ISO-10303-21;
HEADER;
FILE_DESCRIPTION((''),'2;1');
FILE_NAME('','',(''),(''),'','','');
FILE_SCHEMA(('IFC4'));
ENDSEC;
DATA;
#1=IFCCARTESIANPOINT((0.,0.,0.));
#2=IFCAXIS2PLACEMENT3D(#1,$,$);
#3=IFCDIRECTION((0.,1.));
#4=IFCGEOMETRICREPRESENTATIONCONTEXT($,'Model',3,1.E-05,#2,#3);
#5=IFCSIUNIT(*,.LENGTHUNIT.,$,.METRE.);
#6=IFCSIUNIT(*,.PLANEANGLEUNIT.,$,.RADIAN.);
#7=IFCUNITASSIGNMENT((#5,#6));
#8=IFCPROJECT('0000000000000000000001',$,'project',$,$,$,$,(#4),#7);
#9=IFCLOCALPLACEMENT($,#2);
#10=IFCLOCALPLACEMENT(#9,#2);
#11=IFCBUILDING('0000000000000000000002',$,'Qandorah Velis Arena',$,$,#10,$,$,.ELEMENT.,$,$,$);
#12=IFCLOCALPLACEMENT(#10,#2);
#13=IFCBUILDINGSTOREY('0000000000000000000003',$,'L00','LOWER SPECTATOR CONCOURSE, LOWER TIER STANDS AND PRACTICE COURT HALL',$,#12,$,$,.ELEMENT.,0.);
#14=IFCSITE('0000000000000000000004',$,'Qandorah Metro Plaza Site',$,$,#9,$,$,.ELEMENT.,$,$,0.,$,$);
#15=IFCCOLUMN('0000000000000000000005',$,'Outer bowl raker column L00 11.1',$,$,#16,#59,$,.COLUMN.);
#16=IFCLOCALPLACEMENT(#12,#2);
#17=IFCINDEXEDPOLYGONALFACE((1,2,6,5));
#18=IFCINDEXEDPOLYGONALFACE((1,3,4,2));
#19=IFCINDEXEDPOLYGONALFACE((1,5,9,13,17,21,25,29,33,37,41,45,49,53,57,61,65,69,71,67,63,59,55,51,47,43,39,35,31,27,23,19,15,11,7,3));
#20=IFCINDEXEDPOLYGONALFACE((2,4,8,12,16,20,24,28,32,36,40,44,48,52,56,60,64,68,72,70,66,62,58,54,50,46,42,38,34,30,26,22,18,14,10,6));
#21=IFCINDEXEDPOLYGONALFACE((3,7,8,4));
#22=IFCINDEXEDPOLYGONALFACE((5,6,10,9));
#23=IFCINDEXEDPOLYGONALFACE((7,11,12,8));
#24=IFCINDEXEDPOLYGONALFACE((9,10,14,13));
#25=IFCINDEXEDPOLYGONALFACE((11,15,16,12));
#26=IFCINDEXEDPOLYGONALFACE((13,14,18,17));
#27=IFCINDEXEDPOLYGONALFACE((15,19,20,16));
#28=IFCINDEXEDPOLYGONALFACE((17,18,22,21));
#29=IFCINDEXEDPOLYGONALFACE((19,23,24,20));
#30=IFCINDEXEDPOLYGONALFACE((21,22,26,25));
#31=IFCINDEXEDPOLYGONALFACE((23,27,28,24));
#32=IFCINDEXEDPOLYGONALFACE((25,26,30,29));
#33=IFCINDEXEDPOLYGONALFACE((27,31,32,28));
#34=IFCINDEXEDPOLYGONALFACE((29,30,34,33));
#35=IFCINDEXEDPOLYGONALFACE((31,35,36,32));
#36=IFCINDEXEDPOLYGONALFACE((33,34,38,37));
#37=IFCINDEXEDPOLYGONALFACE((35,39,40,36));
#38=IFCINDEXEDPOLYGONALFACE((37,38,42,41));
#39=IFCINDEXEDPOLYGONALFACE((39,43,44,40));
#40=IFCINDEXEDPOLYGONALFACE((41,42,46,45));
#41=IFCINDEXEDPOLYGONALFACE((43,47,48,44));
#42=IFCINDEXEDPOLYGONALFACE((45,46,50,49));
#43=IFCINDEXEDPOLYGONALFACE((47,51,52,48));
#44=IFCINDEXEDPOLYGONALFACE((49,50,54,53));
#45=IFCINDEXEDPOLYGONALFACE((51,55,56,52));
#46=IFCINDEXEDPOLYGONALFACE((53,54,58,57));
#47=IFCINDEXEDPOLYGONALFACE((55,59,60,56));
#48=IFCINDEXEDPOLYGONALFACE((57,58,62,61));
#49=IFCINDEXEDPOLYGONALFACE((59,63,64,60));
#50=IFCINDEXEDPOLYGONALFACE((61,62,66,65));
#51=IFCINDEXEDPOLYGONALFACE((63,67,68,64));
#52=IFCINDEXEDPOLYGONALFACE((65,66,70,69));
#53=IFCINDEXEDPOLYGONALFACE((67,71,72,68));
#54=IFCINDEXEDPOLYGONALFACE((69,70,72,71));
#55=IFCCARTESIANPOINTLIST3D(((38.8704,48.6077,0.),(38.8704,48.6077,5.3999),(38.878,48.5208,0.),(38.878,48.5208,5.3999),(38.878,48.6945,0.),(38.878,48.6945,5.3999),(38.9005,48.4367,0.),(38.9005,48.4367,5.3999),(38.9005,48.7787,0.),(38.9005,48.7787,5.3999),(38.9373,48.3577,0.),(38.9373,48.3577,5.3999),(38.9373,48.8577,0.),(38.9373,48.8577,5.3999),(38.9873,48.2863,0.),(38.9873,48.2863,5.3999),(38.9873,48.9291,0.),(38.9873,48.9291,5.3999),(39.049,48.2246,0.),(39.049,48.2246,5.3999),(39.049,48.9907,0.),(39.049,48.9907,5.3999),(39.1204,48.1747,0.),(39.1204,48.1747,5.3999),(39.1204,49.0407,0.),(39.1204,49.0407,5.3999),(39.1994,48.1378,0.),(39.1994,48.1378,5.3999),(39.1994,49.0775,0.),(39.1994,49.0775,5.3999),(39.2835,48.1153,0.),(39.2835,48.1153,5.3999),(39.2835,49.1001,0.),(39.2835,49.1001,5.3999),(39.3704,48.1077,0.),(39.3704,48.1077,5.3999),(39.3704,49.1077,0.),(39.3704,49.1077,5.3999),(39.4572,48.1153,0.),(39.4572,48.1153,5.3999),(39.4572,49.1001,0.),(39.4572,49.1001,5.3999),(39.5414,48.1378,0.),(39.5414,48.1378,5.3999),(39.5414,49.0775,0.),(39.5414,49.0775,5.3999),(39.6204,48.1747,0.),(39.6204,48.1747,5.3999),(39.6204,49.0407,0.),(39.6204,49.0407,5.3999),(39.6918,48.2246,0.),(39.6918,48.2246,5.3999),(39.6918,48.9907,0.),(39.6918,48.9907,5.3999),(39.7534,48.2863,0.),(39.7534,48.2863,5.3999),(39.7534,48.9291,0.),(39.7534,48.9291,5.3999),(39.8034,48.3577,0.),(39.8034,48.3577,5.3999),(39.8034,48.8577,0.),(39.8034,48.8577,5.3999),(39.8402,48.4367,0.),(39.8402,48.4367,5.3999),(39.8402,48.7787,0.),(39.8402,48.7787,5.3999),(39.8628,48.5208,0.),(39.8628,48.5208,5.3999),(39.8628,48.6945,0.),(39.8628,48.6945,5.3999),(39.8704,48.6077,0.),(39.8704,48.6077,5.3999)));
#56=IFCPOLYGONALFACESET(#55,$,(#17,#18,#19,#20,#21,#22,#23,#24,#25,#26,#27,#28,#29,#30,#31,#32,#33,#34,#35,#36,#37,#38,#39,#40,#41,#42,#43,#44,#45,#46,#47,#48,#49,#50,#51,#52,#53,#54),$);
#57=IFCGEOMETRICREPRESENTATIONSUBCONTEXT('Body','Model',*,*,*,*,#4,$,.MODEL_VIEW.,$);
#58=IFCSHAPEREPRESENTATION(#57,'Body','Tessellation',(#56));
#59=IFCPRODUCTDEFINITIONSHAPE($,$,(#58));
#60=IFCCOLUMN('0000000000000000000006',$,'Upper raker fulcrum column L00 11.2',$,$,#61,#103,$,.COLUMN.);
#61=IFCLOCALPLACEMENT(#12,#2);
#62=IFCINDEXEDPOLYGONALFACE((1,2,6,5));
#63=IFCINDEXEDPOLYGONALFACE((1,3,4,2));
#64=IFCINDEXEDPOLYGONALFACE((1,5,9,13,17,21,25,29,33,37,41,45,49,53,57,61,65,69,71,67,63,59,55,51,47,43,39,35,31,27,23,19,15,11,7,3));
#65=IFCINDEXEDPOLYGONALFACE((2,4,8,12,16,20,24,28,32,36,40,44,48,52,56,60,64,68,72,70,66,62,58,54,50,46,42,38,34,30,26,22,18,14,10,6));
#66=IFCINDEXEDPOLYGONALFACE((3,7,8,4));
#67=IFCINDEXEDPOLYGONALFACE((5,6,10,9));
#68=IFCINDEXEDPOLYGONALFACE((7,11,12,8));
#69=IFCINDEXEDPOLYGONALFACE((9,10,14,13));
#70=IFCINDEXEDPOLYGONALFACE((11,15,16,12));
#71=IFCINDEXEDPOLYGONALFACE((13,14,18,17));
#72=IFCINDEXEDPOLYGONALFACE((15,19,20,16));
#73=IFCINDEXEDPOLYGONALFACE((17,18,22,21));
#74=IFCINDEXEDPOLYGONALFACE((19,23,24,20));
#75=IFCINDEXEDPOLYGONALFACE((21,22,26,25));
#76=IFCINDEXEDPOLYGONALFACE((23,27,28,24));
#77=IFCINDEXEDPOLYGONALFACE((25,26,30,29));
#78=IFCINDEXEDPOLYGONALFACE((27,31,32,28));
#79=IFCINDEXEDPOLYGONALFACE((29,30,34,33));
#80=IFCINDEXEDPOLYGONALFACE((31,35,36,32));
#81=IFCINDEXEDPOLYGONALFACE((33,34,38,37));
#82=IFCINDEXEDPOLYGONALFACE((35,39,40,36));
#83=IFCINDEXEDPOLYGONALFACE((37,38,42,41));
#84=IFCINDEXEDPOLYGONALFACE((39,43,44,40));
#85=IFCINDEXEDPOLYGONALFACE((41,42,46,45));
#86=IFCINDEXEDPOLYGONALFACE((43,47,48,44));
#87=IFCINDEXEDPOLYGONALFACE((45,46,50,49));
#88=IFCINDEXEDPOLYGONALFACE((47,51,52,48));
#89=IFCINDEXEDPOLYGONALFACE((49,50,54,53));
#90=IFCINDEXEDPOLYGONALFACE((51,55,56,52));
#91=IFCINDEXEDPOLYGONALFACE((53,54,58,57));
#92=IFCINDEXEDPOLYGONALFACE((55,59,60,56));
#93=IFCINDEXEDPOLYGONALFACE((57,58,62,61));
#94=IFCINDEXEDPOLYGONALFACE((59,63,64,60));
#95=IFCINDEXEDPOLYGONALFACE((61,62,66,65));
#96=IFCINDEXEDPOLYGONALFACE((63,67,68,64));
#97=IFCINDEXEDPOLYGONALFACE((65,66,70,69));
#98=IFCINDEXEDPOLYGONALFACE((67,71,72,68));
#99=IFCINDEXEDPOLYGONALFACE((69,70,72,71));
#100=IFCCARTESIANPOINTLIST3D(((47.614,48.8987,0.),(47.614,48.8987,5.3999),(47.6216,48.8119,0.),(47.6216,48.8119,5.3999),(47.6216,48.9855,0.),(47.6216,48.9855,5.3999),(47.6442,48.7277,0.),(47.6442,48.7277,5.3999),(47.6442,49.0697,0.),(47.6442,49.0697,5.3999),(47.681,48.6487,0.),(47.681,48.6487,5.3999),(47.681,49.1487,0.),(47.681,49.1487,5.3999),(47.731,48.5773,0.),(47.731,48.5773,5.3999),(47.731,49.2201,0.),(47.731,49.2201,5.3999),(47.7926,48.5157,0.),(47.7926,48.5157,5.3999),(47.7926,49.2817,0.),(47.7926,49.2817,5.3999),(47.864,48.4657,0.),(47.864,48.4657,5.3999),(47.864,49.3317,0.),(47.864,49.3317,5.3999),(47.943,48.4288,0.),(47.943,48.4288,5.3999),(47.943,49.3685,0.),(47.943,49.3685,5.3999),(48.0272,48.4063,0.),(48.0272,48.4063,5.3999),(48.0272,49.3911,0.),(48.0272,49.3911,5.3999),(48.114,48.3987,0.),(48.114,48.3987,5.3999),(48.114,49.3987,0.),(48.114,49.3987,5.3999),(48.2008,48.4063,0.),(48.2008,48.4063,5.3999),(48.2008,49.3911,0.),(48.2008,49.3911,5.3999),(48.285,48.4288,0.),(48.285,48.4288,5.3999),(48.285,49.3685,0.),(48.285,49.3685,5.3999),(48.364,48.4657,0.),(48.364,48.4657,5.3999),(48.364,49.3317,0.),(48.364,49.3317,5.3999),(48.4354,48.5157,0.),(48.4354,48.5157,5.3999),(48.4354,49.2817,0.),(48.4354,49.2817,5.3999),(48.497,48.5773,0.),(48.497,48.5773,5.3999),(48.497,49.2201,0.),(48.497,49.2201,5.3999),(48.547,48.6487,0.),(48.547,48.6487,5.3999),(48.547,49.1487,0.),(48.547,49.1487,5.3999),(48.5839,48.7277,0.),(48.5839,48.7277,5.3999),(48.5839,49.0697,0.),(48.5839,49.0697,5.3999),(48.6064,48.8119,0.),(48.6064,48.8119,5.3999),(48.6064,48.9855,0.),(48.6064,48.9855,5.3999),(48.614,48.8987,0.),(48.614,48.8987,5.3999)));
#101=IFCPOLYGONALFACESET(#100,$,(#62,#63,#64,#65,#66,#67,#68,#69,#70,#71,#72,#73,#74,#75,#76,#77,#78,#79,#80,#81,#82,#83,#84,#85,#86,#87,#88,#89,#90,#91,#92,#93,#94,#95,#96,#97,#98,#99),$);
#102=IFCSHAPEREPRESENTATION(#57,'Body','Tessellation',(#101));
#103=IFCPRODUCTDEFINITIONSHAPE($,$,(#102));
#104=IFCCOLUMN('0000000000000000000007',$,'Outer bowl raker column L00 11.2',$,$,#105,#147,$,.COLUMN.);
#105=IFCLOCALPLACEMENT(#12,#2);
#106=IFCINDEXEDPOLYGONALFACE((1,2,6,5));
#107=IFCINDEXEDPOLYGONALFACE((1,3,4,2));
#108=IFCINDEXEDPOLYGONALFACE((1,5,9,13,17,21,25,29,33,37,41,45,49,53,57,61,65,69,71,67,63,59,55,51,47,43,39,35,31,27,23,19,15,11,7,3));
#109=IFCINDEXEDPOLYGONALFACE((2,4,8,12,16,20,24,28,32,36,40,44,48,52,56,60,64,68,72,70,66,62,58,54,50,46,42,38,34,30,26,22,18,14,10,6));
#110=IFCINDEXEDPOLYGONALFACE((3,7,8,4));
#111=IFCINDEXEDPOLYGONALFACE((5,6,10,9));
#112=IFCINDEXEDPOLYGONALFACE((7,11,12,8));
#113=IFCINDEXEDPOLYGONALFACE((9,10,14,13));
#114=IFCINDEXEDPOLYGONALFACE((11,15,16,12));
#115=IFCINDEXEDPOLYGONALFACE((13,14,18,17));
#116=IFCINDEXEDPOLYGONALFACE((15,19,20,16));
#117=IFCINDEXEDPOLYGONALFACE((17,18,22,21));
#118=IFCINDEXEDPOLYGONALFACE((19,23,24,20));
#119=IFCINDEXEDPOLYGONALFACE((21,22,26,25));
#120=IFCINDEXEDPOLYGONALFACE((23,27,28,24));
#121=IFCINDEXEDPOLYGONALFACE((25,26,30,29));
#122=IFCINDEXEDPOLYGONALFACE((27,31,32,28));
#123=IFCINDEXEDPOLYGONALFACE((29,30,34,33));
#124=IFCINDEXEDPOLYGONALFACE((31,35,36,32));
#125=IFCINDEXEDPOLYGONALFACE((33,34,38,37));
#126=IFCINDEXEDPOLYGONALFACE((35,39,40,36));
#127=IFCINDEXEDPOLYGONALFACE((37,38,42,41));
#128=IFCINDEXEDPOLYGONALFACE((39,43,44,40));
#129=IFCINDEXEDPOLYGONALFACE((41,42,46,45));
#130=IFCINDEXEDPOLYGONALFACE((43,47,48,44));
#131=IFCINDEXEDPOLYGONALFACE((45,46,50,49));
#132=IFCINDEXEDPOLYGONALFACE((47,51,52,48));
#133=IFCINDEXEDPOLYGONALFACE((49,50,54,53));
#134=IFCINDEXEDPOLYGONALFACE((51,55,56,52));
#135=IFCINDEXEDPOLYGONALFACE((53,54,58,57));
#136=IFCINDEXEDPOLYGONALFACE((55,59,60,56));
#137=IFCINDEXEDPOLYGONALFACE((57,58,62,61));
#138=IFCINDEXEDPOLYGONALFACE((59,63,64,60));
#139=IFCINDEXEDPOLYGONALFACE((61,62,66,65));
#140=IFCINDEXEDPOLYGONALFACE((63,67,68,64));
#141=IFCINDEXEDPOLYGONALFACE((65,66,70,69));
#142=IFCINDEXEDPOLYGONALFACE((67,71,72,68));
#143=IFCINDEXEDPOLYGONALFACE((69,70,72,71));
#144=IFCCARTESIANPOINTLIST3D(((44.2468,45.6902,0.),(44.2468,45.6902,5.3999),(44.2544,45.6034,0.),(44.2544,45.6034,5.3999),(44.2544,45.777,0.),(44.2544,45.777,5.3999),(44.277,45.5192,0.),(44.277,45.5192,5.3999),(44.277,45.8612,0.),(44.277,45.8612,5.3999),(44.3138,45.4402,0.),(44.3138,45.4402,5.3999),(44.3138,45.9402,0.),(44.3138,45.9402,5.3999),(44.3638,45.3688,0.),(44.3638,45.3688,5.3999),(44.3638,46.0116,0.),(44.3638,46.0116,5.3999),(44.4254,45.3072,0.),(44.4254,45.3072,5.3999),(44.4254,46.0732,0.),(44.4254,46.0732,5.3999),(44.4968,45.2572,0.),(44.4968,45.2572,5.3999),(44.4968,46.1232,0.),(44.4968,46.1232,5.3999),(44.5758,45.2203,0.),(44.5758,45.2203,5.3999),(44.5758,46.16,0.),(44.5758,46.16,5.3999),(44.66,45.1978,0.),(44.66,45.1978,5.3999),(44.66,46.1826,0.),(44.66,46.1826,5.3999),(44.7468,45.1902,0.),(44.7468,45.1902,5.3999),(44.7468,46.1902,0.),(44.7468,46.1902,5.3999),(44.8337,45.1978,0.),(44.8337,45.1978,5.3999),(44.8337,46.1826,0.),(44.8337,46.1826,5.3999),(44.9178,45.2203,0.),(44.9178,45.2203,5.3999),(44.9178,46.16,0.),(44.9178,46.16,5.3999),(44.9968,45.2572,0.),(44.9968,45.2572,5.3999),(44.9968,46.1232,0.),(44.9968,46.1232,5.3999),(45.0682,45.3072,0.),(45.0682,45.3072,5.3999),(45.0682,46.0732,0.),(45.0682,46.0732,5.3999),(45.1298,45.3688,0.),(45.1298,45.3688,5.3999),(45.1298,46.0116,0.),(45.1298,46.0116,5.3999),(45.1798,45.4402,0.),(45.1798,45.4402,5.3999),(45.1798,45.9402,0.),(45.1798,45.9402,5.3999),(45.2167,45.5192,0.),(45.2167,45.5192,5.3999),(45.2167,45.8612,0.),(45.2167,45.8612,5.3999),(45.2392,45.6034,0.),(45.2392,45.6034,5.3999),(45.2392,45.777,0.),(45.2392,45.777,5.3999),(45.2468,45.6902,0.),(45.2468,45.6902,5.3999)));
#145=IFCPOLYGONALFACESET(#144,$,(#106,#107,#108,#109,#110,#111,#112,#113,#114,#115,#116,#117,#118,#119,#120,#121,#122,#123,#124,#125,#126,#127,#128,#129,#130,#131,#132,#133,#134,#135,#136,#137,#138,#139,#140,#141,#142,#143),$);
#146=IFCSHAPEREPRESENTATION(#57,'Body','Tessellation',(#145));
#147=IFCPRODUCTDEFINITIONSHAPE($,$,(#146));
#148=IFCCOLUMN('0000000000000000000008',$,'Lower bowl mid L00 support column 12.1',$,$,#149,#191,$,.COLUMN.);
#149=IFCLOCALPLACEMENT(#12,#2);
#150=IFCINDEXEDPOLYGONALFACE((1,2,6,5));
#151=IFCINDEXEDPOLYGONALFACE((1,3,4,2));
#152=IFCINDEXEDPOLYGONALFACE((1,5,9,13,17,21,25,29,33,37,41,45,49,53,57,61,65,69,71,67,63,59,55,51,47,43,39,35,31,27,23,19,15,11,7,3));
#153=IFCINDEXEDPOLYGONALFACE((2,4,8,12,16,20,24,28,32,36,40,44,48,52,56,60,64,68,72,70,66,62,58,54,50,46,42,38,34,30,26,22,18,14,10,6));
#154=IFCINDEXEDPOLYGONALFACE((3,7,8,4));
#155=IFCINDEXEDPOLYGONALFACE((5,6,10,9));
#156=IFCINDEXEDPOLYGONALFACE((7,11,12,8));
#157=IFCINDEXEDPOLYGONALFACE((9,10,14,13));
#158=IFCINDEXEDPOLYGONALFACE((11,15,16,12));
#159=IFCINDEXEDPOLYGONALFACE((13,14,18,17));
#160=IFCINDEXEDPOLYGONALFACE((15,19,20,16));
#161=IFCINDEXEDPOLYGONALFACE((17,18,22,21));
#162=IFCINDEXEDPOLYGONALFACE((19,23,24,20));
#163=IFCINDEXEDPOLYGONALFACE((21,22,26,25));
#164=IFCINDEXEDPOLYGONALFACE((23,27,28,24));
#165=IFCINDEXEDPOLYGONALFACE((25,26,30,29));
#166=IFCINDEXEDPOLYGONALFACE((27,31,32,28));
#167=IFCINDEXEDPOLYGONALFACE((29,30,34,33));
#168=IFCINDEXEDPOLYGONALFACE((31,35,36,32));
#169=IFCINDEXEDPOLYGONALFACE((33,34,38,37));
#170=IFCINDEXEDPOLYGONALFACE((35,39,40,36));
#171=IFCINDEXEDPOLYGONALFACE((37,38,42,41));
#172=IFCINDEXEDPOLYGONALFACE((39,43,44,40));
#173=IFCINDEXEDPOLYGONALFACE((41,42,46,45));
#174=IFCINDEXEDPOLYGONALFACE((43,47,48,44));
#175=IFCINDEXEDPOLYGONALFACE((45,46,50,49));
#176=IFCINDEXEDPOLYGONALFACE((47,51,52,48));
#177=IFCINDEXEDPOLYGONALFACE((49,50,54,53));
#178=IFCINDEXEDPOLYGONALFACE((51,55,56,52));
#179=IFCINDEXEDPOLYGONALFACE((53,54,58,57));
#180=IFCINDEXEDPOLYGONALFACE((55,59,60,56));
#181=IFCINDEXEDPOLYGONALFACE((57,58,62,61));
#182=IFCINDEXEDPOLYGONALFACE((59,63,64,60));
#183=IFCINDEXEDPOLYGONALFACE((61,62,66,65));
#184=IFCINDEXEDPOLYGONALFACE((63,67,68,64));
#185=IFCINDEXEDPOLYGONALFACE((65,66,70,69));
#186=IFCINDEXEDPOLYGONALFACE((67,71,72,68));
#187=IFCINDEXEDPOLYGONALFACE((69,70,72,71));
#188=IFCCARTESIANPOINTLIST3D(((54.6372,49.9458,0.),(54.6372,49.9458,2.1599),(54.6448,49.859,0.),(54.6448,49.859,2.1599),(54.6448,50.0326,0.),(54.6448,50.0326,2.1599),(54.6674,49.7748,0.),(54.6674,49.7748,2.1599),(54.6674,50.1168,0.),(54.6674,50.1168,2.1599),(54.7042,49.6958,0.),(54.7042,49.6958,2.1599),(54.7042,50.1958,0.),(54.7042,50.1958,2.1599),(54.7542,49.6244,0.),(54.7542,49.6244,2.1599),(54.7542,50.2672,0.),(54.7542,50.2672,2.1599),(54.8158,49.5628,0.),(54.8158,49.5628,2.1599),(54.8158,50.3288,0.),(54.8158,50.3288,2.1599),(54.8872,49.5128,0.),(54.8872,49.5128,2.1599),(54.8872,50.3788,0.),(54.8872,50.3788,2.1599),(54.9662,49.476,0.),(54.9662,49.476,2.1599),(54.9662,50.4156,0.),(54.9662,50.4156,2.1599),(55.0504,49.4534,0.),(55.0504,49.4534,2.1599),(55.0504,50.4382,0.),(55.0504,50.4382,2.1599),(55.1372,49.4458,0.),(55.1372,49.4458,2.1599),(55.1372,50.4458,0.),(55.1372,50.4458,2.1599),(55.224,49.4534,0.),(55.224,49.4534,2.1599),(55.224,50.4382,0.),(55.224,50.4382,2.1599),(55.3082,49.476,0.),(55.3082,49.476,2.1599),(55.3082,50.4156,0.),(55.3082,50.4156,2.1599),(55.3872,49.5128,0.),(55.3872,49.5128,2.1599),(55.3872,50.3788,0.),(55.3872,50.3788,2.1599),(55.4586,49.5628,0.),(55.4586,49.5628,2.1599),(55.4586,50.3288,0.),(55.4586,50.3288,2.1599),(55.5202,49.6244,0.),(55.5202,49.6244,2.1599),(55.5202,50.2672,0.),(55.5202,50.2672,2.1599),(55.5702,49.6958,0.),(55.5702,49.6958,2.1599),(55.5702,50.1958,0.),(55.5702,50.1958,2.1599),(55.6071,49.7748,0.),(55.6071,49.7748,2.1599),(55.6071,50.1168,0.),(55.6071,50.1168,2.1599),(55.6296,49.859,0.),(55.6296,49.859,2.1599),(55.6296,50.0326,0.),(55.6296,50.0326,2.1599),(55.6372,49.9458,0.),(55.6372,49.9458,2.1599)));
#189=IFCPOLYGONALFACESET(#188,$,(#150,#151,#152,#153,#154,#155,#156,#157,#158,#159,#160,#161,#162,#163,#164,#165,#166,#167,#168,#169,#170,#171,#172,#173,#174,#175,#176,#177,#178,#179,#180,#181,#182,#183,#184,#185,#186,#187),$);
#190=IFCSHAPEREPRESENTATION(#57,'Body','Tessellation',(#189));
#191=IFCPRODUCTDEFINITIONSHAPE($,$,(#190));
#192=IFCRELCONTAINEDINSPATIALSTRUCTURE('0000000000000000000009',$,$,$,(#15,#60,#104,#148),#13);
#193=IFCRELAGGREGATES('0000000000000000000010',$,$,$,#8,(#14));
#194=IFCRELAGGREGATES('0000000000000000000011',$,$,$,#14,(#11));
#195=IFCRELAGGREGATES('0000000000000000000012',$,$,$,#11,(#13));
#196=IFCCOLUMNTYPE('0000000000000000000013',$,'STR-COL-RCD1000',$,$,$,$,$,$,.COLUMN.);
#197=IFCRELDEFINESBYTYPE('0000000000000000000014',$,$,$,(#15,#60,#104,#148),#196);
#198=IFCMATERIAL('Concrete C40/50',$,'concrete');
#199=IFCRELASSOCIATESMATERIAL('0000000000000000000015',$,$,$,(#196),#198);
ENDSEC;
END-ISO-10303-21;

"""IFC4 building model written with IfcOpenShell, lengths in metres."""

from ifc_helpers import new_model, si_unit, direction, frame, origin, origin_2d, place, context, subcontext, project, spatial, circle, extrude, material, material_profile, profile_set, type_object, element, save


model = new_model("IFC4")

# Units and contexts
model_context = context("Model", 3, precision=1e-05, world=origin(), true_north=direction((0.0, 1.0)))
body_context = subcontext(model_context, "Body", "Model", "MODEL_VIEW")
ifc_project = project(units=[si_unit("LENGTHUNIT", "METRE"), si_unit("PLANEANGLEUNIT", "RADIAN")], contexts=[model_context])

# Site, building, storey
site_placement = place(None, origin())
site = spatial("IfcSite", under=ifc_project, at=site_placement, Name="Qandorah Metro Plaza Site", CompositionType="ELEMENT", RefElevation=0.0)
building_placement = place(site_placement, origin())
building = spatial("IfcBuilding", under=site, at=building_placement, Name="Qandorah Velis Arena", CompositionType="ELEMENT")
storey_placement = place(building_placement, origin())
storey = spatial("IfcBuildingStorey", under=building, at=storey_placement, Name="L00", Description="LOWER SPECTATOR CONCOURSE, LOWER TIER STANDS AND PRACTICE COURT HALL", CompositionType="ELEMENT", Elevation=0.0)

# Columns
ifc_material_1 = material(Name="Concrete C40/50", Category="concrete")
ifc_material_profile_1 = material_profile(ifc_material_1, circle(Radius=0.5, at=origin_2d()), Name="RC D1000")
ifc_profile_set_1 = profile_set([ifc_material_profile_1], Name="Concrete C40/50")
column_type = type_object("IfcColumnType", Name="STR-COL-RCD1000", PredefinedType="COLUMN", material=ifc_profile_set_1)
for number, where, z_axis, x_axis, name in (
    (1, (39.3704, 48.6077, 0.0), (0.0, 0.0, 1.0), (1.0, 0.0, 0.0), "Outer bowl raker column L00 11.1"),
    (2, (48.114, 48.8987, 0.0), (0.0, 0.0, 1.0), (1.0, 0.0, 0.0), "Upper raker fulcrum column L00 11.2"),
    (3, (44.7468, 45.6902, 0.0), (0.0, 0.0, 1.0), (1.0, 0.0, 0.0), "Outer bowl raker column L00 11.2"),
):
    element("IfcColumn", number, at=place(storey_placement, frame(where, z_axis=z_axis, x_axis=x_axis)), inside=storey, type_object=column_type, Name=name, PredefinedType="COLUMN", context=body_context, shape_type="SweptSolid", body=[
        extrude(circle(Radius=0.5, at=origin_2d()), origin(), (0.0, 0.0, 1.0), 5.3999),
    ])
column_1_placement = place(storey_placement, frame((55.1372, 49.9458, 0.0), z_axis=(0.0, 0.0, 1.0), x_axis=(1.0, 0.0, 0.0)))
element("IfcColumn", 4, at=column_1_placement, inside=storey, type_object=column_type, Name="Lower bowl mid L00 support column 12.1", PredefinedType="COLUMN", context=body_context, shape_type="SweptSolid", body=[
    extrude(circle(Radius=0.5, at=origin_2d()), origin(), (0.0, 0.0, 1.0), 2.1599),
])

save(model, "model.ifc")
